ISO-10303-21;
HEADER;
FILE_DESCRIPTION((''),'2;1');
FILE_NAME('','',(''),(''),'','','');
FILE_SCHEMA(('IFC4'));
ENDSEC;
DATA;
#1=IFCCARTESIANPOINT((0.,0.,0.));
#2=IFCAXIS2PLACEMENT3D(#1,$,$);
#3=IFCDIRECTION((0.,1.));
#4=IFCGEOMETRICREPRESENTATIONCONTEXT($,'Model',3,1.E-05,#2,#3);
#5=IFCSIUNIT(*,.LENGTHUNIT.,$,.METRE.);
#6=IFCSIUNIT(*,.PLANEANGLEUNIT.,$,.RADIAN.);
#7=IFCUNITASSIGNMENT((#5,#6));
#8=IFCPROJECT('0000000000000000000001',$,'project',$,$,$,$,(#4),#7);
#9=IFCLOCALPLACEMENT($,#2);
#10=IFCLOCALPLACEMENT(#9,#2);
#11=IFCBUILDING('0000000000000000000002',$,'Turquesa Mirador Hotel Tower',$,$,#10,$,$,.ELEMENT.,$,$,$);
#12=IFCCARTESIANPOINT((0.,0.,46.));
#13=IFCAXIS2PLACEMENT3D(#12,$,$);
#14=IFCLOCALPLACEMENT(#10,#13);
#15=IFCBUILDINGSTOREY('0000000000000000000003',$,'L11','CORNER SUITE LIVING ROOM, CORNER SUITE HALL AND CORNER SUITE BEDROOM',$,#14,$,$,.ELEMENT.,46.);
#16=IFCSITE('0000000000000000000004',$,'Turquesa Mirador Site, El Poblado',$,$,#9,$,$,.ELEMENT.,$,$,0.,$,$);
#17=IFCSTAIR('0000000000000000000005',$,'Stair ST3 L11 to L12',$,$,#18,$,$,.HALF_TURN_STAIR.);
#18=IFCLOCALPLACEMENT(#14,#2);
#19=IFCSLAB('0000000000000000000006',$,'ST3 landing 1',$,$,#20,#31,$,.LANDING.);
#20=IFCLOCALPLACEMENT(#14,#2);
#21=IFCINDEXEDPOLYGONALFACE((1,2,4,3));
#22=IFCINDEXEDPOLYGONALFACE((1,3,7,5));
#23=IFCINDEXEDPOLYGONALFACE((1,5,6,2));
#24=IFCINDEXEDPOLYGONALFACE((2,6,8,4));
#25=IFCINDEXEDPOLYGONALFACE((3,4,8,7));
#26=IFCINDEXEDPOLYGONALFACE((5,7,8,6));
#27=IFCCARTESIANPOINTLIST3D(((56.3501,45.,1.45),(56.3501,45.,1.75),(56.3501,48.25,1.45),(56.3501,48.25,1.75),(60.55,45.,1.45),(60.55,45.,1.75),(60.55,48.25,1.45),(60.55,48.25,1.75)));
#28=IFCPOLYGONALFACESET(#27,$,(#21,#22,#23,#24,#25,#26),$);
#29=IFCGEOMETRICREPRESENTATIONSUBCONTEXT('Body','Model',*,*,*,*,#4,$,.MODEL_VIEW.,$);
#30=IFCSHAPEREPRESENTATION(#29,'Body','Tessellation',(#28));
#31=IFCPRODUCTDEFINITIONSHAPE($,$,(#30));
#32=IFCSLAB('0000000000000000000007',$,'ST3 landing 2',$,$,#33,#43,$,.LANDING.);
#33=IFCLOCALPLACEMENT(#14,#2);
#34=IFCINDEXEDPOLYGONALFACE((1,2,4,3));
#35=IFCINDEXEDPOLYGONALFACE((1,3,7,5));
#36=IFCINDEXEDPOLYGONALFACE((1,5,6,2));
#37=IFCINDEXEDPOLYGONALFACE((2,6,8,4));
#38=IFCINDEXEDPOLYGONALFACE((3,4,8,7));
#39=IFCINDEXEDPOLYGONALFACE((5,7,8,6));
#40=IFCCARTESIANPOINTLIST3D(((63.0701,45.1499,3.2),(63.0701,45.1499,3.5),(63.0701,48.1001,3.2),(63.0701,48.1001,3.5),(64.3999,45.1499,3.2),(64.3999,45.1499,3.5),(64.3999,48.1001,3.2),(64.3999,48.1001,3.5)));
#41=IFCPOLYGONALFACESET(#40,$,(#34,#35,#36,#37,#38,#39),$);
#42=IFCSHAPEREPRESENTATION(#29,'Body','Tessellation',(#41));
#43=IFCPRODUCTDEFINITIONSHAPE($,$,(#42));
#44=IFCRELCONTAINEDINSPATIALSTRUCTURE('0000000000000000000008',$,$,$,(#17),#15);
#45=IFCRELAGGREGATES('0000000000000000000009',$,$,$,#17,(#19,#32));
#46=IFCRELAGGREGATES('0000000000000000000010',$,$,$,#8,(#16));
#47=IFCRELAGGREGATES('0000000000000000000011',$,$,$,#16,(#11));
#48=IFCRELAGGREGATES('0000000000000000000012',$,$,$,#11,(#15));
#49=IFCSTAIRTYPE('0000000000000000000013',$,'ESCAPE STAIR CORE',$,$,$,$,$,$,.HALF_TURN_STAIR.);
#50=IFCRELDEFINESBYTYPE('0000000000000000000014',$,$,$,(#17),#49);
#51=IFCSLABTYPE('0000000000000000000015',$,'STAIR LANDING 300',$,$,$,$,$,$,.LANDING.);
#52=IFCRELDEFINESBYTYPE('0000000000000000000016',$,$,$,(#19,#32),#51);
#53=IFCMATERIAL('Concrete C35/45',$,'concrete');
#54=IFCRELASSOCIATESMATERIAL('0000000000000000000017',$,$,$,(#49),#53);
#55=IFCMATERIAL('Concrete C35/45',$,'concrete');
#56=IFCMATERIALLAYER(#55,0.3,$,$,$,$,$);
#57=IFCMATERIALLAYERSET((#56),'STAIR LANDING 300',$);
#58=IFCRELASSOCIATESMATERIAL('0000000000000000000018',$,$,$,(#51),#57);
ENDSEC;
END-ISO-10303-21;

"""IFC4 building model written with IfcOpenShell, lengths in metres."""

from ifc_helpers import new_model, si_unit, direction, frame, origin, place, context, subcontext, project, spatial, polyline, outline, extrude, material, layer, layer_set, type_object, element, aggregate, save


model = new_model("IFC4")

# Units and contexts
model_context = context("Model", 3, precision=1e-05, world=origin(), true_north=direction((0.0, 1.0)))
body_context = subcontext(model_context, "Body", "Model", "MODEL_VIEW")
ifc_project = project(units=[si_unit("LENGTHUNIT", "METRE"), si_unit("PLANEANGLEUNIT", "RADIAN")], contexts=[model_context])

# Site, building, storey
site_placement = place(None, origin())
site = spatial("IfcSite", under=ifc_project, at=site_placement, Name="Turquesa Mirador Site, El Poblado", CompositionType="ELEMENT", RefElevation=0.0)
building_placement = place(site_placement, origin())
building = spatial("IfcBuilding", under=site, at=building_placement, Name="Turquesa Mirador Hotel Tower", CompositionType="ELEMENT")
storey_placement = place(building_placement, frame((0.0, 0.0, 46.0)))
storey = spatial("IfcBuildingStorey", under=building, at=storey_placement, Name="L11", Description="CORNER SUITE LIVING ROOM, CORNER SUITE HALL AND CORNER SUITE BEDROOM", CompositionType="ELEMENT", Elevation=46.0)

# Stair, slabs
ifc_material_1 = material(Name="Concrete C35/45", Category="concrete")
stair_type = type_object("IfcStairType", Name="ESCAPE STAIR CORE", PredefinedType="HALF_TURN_STAIR", material=ifc_material_1)
ifc_material_2 = material(Name="Concrete C35/45", Category="concrete")
ifc_layer_1 = layer(ifc_material_2, 0.3)
ifc_layer_set_1 = layer_set([ifc_layer_1], Name="STAIR LANDING 300")
slab_type_1 = type_object("IfcSlabType", Name="STAIR LANDING 300", PredefinedType="LANDING", material=ifc_layer_set_1)
stair_1_placement = place(storey_placement, origin())
stair_1 = element("IfcStair", 1, at=stair_1_placement, inside=storey, type_object=stair_type, Name="Stair ST3 L11 to L12", PredefinedType="HALF_TURN_STAIR")
slab_1_placement = place(storey_placement, frame((0.0, 0.0, 1.45)))
slab_1 = element("IfcSlab", 2, at=slab_1_placement, type_object=slab_type_1, Name="ST3 landing 1", PredefinedType="LANDING", context=body_context, shape_type="SweptSolid", body=[
    extrude(outline(polyline([(56.3501, 45.0), (60.55, 45.0), (60.55, 48.25), (56.3501, 48.25), (56.3501, 45.0)])), origin(), (0.0, 0.0, 1.0), 0.3),
])
slab_2_placement = place(storey_placement, frame((0.0, 0.0, 3.2)))
slab_2 = element("IfcSlab", 3, at=slab_2_placement, type_object=slab_type_1, Name="ST3 landing 2", PredefinedType="LANDING", context=body_context, shape_type="SweptSolid", body=[
    extrude(outline(polyline([(63.0701, 45.1499), (64.3999, 45.1499), (64.3999, 48.1001), (63.0701, 48.1001), (63.0701, 45.1499)])), origin(), (0.0, 0.0, 1.0), 0.3),
])
aggregate(stair_1, [slab_1, slab_2])

save(model, "model.ifc")
